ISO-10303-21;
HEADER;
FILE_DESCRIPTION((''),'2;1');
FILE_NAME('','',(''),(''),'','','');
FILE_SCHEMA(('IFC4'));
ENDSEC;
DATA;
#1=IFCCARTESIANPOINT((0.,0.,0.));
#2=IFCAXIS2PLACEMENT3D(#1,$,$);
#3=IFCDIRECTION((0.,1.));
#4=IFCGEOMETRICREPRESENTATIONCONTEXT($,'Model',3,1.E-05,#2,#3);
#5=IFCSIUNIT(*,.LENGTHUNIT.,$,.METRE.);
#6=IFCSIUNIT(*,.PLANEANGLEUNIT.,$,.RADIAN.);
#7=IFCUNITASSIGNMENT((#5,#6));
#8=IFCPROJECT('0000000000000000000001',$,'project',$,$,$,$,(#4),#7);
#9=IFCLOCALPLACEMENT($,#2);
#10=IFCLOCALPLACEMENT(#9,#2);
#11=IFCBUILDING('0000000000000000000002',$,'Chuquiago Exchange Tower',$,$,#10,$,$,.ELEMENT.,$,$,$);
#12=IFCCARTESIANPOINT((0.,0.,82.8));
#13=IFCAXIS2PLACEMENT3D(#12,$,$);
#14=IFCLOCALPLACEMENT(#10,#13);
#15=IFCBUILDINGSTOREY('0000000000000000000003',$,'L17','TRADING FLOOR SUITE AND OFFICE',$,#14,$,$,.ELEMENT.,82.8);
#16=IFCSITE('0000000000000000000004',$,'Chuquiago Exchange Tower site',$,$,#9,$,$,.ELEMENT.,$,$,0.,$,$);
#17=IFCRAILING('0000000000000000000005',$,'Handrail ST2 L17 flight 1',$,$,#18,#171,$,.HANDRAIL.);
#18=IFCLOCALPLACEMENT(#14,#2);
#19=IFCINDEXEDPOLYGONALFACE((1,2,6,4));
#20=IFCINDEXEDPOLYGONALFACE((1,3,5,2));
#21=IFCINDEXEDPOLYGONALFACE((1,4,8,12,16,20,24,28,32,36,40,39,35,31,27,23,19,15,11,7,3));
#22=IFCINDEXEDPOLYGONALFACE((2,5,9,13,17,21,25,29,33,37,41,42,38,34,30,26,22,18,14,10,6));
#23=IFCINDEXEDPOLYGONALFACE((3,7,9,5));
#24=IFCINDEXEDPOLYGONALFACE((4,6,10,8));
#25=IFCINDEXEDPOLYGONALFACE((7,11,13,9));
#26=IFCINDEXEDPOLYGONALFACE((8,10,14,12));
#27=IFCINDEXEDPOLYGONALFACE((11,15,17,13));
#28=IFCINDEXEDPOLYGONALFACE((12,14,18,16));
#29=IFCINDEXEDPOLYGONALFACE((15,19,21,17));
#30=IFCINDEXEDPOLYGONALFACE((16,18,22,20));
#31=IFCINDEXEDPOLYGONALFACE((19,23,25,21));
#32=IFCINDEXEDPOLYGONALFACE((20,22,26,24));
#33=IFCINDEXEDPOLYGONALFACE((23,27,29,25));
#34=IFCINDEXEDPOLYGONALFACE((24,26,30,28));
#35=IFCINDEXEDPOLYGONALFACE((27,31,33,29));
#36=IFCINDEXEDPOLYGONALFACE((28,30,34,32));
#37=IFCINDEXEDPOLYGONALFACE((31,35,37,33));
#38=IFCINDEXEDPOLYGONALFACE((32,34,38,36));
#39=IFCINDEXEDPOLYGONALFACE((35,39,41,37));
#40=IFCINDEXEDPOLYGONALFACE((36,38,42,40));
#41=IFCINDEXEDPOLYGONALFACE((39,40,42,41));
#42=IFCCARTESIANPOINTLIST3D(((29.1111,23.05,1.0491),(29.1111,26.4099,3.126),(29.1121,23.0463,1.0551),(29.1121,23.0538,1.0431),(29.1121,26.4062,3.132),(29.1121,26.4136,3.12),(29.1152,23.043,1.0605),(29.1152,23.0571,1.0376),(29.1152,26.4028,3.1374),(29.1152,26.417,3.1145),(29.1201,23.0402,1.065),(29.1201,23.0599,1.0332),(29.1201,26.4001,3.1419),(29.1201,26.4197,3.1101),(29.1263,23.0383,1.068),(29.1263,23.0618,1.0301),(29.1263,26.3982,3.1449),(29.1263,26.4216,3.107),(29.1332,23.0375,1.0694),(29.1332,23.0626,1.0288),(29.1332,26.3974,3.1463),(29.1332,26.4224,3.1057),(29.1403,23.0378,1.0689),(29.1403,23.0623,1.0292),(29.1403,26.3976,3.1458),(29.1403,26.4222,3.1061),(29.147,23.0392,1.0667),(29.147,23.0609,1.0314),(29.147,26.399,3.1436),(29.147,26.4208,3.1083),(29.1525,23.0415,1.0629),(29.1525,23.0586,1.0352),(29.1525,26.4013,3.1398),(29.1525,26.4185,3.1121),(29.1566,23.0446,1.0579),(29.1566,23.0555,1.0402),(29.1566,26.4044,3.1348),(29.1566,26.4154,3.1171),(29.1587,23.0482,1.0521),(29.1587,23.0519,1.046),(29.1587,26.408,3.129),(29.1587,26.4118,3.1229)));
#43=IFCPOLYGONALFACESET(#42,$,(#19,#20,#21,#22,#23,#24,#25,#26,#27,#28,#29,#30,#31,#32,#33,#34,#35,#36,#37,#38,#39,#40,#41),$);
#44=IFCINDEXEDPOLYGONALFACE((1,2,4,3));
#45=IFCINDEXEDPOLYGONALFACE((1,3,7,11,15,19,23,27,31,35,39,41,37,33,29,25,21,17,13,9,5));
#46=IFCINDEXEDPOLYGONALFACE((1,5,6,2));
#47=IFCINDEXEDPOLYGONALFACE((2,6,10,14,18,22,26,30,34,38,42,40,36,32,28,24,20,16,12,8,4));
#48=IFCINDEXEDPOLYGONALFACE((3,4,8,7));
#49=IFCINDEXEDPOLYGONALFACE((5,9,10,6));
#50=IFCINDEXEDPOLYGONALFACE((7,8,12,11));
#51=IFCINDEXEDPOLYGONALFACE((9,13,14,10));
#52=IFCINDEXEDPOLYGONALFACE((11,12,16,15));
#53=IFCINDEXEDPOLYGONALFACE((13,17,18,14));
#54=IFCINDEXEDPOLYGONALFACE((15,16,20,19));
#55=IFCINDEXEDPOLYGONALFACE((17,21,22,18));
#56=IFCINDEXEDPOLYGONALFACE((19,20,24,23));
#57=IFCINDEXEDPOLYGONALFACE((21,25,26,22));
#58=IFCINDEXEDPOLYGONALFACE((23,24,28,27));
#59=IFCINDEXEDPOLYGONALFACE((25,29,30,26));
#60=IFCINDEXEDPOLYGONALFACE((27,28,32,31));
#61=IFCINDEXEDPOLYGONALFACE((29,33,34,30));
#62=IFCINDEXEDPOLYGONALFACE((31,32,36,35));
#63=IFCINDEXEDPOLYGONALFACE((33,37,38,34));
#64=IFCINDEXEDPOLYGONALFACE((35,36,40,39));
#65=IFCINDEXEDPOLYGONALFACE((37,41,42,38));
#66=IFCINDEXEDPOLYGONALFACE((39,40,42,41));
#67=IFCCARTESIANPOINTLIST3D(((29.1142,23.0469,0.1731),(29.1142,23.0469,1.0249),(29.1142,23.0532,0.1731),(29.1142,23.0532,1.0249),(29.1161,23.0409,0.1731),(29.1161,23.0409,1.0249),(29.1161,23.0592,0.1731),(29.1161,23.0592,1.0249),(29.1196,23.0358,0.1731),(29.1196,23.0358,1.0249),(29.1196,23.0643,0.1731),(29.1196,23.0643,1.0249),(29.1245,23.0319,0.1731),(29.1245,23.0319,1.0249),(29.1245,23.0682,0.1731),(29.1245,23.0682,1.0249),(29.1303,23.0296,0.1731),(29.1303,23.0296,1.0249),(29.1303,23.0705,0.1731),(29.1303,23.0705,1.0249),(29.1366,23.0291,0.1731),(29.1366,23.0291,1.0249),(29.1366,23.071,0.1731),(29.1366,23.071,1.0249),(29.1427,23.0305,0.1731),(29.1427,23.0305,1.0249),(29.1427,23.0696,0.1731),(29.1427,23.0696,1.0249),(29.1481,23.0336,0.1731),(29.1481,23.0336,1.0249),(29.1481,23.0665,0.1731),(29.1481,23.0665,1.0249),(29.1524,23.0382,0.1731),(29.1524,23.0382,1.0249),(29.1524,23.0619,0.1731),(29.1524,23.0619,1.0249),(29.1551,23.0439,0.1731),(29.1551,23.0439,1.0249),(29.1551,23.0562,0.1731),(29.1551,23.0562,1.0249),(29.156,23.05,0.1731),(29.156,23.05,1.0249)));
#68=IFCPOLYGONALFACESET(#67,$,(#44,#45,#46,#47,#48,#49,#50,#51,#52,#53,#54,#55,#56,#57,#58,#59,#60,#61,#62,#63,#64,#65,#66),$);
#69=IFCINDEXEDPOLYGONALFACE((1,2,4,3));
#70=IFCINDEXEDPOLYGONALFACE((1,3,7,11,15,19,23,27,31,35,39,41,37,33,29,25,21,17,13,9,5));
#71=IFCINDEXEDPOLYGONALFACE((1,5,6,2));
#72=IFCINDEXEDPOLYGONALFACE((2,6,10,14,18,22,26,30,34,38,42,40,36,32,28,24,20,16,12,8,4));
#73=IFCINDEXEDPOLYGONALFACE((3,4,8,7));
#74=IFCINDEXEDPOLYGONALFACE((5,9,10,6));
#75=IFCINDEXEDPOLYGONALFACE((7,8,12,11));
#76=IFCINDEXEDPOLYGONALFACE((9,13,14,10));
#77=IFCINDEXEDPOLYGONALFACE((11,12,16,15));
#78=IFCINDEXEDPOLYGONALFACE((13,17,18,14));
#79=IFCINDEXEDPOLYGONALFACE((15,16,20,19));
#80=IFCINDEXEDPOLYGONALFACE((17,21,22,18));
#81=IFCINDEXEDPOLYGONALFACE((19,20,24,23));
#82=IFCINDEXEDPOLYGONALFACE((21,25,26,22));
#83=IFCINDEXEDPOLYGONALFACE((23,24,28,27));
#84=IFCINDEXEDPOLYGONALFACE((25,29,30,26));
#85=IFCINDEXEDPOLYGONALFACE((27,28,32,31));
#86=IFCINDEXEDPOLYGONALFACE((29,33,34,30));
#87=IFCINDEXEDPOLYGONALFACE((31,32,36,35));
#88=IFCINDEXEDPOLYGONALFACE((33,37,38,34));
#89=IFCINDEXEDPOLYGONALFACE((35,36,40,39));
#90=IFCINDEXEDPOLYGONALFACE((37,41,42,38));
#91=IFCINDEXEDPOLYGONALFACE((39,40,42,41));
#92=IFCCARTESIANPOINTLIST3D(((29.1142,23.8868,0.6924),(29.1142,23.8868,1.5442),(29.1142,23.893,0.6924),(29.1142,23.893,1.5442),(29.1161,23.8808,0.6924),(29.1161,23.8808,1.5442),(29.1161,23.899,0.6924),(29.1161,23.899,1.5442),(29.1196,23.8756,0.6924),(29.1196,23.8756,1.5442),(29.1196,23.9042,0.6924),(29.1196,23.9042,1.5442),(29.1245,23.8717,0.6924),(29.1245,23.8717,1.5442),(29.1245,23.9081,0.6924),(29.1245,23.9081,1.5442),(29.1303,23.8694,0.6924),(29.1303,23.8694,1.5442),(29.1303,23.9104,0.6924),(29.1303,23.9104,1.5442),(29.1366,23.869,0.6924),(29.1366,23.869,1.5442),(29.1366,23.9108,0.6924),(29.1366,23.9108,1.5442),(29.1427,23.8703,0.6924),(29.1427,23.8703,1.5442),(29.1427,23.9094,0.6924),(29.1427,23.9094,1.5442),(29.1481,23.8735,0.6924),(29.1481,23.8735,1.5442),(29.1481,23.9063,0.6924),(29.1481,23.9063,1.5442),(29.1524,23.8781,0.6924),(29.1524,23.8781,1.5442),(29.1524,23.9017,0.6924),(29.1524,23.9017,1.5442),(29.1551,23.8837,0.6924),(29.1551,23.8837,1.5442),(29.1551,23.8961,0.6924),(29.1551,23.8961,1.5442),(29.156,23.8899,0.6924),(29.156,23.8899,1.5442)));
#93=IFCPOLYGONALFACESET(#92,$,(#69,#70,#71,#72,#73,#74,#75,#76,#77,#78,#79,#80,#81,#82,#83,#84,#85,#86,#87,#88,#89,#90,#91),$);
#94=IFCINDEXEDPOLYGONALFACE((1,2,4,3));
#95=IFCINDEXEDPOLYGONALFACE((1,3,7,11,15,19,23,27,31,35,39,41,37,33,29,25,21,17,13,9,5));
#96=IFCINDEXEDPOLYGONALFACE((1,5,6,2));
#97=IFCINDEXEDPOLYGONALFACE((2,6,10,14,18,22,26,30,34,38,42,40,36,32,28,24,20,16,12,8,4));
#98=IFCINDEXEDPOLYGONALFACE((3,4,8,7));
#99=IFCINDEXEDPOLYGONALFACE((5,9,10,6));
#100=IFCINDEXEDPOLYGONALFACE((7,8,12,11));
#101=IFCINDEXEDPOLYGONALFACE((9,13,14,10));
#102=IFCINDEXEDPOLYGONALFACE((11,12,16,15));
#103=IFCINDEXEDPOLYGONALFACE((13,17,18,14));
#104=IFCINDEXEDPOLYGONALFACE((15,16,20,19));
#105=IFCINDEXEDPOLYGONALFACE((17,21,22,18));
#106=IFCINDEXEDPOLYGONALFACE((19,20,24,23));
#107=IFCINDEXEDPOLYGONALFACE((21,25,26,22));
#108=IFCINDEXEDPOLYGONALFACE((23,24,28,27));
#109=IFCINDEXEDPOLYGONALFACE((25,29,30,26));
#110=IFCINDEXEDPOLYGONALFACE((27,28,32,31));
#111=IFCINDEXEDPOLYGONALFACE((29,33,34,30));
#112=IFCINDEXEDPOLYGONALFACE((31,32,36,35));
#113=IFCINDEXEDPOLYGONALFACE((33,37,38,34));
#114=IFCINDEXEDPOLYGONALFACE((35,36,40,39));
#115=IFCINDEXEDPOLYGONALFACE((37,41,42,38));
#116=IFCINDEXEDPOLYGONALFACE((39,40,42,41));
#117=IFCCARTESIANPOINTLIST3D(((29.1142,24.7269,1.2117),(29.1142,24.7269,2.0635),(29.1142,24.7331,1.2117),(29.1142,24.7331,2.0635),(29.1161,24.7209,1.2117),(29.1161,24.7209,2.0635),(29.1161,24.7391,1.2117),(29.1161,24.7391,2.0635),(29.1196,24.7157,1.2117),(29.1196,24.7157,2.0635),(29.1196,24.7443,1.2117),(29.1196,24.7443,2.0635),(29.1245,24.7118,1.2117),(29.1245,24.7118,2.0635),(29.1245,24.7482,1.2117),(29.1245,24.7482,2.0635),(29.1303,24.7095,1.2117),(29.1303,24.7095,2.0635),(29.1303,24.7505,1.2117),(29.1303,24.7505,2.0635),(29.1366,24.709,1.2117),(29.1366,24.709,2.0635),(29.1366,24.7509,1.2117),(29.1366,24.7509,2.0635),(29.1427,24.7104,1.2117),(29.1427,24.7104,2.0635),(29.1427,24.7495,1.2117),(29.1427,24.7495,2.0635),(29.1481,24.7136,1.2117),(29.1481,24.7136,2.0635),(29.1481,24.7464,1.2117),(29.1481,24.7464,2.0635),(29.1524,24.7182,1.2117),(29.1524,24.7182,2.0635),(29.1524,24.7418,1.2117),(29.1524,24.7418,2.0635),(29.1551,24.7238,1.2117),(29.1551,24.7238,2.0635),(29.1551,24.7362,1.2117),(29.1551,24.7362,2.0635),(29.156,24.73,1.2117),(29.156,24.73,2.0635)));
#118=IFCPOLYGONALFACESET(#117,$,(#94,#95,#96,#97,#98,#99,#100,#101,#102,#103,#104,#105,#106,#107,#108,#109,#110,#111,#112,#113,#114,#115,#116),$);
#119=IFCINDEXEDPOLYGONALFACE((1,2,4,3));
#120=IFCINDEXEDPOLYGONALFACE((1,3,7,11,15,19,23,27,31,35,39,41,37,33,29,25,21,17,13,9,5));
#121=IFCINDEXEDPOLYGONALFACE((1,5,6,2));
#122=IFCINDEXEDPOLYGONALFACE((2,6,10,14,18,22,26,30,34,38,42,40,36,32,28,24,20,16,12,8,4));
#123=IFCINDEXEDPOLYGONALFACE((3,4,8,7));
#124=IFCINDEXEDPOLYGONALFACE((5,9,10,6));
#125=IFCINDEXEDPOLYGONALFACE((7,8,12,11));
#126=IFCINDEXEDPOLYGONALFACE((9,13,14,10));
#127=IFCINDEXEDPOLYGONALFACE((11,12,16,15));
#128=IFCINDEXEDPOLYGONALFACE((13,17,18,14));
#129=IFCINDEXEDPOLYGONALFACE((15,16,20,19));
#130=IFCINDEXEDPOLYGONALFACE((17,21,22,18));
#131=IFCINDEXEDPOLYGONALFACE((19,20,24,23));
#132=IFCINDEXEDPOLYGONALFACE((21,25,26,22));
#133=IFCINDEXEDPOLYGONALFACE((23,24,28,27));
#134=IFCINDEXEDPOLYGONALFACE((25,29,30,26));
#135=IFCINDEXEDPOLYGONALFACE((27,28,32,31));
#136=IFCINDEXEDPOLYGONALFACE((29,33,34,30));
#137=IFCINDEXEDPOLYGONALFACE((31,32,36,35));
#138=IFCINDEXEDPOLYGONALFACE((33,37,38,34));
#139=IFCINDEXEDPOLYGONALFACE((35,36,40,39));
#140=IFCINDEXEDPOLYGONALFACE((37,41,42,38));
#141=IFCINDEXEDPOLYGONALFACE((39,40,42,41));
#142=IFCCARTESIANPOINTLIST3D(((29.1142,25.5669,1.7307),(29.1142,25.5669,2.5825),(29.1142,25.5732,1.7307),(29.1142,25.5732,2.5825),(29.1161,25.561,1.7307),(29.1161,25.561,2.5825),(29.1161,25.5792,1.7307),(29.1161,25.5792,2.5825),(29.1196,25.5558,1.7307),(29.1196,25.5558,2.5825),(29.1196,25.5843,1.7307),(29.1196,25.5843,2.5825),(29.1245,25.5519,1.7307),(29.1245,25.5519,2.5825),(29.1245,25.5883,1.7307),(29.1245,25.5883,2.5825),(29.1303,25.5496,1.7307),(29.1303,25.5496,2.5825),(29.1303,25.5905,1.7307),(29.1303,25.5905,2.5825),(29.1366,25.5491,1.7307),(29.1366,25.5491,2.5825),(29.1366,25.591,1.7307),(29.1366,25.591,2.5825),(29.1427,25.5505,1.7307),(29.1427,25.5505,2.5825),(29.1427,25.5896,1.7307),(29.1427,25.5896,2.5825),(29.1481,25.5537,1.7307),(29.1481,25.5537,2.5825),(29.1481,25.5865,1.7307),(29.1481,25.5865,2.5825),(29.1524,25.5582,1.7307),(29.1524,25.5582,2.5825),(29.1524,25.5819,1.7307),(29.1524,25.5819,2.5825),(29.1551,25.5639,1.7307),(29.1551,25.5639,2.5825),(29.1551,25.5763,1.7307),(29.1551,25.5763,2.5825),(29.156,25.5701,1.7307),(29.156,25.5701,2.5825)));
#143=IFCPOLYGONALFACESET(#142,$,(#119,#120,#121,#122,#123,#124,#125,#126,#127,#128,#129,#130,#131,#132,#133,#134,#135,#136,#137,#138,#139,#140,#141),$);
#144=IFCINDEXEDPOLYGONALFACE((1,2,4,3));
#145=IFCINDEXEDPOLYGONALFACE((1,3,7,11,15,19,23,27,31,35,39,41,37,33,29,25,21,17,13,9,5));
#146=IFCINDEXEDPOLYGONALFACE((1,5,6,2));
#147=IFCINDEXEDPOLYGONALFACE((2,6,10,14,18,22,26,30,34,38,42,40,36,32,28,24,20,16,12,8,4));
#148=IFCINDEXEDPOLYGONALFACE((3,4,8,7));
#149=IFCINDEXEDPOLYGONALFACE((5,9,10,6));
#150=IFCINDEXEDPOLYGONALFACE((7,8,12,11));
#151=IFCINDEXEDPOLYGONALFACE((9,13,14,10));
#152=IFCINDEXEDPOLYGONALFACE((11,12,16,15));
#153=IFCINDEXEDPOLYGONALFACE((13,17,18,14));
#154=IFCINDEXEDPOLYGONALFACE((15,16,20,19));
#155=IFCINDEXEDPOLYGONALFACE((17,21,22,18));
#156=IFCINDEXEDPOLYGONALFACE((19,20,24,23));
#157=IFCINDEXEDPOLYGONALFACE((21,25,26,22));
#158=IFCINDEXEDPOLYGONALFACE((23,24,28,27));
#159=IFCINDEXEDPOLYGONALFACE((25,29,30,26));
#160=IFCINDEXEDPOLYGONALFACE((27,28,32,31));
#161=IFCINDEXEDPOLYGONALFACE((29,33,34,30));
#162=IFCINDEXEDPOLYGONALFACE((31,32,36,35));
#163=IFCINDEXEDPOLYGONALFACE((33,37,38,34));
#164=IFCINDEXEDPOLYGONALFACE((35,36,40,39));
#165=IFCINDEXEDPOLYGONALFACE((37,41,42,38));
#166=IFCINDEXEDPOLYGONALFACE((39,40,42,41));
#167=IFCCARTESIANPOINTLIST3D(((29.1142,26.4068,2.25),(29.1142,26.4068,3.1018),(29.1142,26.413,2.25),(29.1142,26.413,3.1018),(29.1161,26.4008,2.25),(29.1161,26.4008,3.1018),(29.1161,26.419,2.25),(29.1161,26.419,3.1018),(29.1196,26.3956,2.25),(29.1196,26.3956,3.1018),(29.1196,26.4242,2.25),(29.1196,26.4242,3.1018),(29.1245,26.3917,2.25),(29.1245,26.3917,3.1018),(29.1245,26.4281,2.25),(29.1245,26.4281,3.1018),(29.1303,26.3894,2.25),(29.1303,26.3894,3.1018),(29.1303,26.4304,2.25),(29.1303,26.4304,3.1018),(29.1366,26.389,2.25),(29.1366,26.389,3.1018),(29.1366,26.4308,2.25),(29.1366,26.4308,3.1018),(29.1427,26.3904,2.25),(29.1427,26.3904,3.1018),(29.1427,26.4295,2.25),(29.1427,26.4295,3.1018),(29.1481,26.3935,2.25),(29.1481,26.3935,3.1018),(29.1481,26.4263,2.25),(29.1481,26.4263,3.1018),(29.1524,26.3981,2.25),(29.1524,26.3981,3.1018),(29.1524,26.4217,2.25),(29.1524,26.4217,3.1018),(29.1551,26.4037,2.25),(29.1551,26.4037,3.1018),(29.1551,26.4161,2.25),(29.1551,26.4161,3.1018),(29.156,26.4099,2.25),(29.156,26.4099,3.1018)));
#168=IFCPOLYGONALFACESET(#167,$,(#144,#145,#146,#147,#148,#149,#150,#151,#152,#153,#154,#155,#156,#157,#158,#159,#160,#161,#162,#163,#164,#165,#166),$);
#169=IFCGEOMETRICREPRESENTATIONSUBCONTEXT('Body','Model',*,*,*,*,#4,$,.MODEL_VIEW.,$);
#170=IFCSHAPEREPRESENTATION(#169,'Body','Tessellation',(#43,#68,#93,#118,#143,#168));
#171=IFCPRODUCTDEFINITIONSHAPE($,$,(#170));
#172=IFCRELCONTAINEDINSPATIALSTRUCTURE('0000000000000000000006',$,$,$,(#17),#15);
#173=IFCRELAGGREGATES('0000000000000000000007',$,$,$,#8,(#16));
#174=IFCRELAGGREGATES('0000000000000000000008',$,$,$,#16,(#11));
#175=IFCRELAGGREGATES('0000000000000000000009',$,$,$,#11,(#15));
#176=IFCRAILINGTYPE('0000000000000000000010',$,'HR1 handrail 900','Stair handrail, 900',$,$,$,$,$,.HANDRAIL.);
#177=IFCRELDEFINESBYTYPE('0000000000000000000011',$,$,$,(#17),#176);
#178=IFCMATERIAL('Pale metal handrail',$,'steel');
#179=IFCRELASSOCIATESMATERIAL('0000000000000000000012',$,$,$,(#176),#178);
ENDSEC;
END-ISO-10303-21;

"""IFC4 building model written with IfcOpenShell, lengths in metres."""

from ifc_helpers import new_model, si_unit, direction, frame, origin, origin_2d, place, context, subcontext, project, spatial, circle, extrude, material, type_object, element, save


model = new_model("IFC4")

# Units and contexts
model_context = context("Model", 3, precision=1e-05, world=origin(), true_north=direction((0.0, 1.0)))
body_context = subcontext(model_context, "Body", "Model", "MODEL_VIEW")
ifc_project = project(units=[si_unit("LENGTHUNIT", "METRE"), si_unit("PLANEANGLEUNIT", "RADIAN")], contexts=[model_context])

# Site, building, storey
site_placement = place(None, origin())
site = spatial("IfcSite", under=ifc_project, at=site_placement, Name="Chuquiago Exchange Tower site", CompositionType="ELEMENT", RefElevation=0.0)
building_placement = place(site_placement, origin())
building = spatial("IfcBuilding", under=site, at=building_placement, Name="Chuquiago Exchange Tower", CompositionType="ELEMENT")
storey_placement = place(building_placement, frame((0.0, 0.0, 82.8)))
storey = spatial("IfcBuildingStorey", under=building, at=storey_placement, Name="L17", Description="TRADING FLOOR SUITE AND OFFICE", CompositionType="ELEMENT", Elevation=82.8)

# Railing
ifc_material_1 = material(Name="Pale metal handrail", Category="steel")
railing_type_1 = type_object("IfcRailingType", Name="HR1 handrail 900", Description="Stair handrail, 900", PredefinedType="HANDRAIL", material=ifc_material_1)
for number, where, name in (
    (1, (29.135, 23.05, 0.1731), "Handrail ST2 L17 flight 1"),
):
    element("IfcRailing", number, at=place(storey_placement, frame(where)), inside=storey, type_object=railing_type_1, Name=name, PredefinedType="HANDRAIL", context=body_context, shape_type="SweptSolid", body=[
        extrude(circle(Radius=0.0239, at=origin_2d()), frame((0.0, 0.0, 0.876), z_axis=(0.0, 0.850606, 0.525803), x_axis=(-1.0, 0.0, 0.0)), (0.0, 0.0, 1.0), 3.95),
        extrude(circle(Radius=0.021, at=origin_2d()), origin(), (0.0, 0.0, 1.0), 0.8518),
        extrude(circle(Radius=0.021, at=origin_2d()), frame((0.0, 0.8398, 0.5193)), (0.0, 0.0, 1.0), 0.8518),
        extrude(circle(Radius=0.021, at=origin_2d()), frame((0.0, 1.6799, 1.0386)), (0.0, 0.0, 1.0), 0.8518),
        extrude(circle(Radius=0.021, at=origin_2d()), frame((0.0, 2.52, 1.5576)), (0.0, 0.0, 1.0), 0.8518),
        extrude(circle(Radius=0.021, at=origin_2d()), frame((0.0, 3.3599, 2.0769)), (0.0, 0.0, 1.0), 0.8518),
    ])

save(model, "model.ifc")
